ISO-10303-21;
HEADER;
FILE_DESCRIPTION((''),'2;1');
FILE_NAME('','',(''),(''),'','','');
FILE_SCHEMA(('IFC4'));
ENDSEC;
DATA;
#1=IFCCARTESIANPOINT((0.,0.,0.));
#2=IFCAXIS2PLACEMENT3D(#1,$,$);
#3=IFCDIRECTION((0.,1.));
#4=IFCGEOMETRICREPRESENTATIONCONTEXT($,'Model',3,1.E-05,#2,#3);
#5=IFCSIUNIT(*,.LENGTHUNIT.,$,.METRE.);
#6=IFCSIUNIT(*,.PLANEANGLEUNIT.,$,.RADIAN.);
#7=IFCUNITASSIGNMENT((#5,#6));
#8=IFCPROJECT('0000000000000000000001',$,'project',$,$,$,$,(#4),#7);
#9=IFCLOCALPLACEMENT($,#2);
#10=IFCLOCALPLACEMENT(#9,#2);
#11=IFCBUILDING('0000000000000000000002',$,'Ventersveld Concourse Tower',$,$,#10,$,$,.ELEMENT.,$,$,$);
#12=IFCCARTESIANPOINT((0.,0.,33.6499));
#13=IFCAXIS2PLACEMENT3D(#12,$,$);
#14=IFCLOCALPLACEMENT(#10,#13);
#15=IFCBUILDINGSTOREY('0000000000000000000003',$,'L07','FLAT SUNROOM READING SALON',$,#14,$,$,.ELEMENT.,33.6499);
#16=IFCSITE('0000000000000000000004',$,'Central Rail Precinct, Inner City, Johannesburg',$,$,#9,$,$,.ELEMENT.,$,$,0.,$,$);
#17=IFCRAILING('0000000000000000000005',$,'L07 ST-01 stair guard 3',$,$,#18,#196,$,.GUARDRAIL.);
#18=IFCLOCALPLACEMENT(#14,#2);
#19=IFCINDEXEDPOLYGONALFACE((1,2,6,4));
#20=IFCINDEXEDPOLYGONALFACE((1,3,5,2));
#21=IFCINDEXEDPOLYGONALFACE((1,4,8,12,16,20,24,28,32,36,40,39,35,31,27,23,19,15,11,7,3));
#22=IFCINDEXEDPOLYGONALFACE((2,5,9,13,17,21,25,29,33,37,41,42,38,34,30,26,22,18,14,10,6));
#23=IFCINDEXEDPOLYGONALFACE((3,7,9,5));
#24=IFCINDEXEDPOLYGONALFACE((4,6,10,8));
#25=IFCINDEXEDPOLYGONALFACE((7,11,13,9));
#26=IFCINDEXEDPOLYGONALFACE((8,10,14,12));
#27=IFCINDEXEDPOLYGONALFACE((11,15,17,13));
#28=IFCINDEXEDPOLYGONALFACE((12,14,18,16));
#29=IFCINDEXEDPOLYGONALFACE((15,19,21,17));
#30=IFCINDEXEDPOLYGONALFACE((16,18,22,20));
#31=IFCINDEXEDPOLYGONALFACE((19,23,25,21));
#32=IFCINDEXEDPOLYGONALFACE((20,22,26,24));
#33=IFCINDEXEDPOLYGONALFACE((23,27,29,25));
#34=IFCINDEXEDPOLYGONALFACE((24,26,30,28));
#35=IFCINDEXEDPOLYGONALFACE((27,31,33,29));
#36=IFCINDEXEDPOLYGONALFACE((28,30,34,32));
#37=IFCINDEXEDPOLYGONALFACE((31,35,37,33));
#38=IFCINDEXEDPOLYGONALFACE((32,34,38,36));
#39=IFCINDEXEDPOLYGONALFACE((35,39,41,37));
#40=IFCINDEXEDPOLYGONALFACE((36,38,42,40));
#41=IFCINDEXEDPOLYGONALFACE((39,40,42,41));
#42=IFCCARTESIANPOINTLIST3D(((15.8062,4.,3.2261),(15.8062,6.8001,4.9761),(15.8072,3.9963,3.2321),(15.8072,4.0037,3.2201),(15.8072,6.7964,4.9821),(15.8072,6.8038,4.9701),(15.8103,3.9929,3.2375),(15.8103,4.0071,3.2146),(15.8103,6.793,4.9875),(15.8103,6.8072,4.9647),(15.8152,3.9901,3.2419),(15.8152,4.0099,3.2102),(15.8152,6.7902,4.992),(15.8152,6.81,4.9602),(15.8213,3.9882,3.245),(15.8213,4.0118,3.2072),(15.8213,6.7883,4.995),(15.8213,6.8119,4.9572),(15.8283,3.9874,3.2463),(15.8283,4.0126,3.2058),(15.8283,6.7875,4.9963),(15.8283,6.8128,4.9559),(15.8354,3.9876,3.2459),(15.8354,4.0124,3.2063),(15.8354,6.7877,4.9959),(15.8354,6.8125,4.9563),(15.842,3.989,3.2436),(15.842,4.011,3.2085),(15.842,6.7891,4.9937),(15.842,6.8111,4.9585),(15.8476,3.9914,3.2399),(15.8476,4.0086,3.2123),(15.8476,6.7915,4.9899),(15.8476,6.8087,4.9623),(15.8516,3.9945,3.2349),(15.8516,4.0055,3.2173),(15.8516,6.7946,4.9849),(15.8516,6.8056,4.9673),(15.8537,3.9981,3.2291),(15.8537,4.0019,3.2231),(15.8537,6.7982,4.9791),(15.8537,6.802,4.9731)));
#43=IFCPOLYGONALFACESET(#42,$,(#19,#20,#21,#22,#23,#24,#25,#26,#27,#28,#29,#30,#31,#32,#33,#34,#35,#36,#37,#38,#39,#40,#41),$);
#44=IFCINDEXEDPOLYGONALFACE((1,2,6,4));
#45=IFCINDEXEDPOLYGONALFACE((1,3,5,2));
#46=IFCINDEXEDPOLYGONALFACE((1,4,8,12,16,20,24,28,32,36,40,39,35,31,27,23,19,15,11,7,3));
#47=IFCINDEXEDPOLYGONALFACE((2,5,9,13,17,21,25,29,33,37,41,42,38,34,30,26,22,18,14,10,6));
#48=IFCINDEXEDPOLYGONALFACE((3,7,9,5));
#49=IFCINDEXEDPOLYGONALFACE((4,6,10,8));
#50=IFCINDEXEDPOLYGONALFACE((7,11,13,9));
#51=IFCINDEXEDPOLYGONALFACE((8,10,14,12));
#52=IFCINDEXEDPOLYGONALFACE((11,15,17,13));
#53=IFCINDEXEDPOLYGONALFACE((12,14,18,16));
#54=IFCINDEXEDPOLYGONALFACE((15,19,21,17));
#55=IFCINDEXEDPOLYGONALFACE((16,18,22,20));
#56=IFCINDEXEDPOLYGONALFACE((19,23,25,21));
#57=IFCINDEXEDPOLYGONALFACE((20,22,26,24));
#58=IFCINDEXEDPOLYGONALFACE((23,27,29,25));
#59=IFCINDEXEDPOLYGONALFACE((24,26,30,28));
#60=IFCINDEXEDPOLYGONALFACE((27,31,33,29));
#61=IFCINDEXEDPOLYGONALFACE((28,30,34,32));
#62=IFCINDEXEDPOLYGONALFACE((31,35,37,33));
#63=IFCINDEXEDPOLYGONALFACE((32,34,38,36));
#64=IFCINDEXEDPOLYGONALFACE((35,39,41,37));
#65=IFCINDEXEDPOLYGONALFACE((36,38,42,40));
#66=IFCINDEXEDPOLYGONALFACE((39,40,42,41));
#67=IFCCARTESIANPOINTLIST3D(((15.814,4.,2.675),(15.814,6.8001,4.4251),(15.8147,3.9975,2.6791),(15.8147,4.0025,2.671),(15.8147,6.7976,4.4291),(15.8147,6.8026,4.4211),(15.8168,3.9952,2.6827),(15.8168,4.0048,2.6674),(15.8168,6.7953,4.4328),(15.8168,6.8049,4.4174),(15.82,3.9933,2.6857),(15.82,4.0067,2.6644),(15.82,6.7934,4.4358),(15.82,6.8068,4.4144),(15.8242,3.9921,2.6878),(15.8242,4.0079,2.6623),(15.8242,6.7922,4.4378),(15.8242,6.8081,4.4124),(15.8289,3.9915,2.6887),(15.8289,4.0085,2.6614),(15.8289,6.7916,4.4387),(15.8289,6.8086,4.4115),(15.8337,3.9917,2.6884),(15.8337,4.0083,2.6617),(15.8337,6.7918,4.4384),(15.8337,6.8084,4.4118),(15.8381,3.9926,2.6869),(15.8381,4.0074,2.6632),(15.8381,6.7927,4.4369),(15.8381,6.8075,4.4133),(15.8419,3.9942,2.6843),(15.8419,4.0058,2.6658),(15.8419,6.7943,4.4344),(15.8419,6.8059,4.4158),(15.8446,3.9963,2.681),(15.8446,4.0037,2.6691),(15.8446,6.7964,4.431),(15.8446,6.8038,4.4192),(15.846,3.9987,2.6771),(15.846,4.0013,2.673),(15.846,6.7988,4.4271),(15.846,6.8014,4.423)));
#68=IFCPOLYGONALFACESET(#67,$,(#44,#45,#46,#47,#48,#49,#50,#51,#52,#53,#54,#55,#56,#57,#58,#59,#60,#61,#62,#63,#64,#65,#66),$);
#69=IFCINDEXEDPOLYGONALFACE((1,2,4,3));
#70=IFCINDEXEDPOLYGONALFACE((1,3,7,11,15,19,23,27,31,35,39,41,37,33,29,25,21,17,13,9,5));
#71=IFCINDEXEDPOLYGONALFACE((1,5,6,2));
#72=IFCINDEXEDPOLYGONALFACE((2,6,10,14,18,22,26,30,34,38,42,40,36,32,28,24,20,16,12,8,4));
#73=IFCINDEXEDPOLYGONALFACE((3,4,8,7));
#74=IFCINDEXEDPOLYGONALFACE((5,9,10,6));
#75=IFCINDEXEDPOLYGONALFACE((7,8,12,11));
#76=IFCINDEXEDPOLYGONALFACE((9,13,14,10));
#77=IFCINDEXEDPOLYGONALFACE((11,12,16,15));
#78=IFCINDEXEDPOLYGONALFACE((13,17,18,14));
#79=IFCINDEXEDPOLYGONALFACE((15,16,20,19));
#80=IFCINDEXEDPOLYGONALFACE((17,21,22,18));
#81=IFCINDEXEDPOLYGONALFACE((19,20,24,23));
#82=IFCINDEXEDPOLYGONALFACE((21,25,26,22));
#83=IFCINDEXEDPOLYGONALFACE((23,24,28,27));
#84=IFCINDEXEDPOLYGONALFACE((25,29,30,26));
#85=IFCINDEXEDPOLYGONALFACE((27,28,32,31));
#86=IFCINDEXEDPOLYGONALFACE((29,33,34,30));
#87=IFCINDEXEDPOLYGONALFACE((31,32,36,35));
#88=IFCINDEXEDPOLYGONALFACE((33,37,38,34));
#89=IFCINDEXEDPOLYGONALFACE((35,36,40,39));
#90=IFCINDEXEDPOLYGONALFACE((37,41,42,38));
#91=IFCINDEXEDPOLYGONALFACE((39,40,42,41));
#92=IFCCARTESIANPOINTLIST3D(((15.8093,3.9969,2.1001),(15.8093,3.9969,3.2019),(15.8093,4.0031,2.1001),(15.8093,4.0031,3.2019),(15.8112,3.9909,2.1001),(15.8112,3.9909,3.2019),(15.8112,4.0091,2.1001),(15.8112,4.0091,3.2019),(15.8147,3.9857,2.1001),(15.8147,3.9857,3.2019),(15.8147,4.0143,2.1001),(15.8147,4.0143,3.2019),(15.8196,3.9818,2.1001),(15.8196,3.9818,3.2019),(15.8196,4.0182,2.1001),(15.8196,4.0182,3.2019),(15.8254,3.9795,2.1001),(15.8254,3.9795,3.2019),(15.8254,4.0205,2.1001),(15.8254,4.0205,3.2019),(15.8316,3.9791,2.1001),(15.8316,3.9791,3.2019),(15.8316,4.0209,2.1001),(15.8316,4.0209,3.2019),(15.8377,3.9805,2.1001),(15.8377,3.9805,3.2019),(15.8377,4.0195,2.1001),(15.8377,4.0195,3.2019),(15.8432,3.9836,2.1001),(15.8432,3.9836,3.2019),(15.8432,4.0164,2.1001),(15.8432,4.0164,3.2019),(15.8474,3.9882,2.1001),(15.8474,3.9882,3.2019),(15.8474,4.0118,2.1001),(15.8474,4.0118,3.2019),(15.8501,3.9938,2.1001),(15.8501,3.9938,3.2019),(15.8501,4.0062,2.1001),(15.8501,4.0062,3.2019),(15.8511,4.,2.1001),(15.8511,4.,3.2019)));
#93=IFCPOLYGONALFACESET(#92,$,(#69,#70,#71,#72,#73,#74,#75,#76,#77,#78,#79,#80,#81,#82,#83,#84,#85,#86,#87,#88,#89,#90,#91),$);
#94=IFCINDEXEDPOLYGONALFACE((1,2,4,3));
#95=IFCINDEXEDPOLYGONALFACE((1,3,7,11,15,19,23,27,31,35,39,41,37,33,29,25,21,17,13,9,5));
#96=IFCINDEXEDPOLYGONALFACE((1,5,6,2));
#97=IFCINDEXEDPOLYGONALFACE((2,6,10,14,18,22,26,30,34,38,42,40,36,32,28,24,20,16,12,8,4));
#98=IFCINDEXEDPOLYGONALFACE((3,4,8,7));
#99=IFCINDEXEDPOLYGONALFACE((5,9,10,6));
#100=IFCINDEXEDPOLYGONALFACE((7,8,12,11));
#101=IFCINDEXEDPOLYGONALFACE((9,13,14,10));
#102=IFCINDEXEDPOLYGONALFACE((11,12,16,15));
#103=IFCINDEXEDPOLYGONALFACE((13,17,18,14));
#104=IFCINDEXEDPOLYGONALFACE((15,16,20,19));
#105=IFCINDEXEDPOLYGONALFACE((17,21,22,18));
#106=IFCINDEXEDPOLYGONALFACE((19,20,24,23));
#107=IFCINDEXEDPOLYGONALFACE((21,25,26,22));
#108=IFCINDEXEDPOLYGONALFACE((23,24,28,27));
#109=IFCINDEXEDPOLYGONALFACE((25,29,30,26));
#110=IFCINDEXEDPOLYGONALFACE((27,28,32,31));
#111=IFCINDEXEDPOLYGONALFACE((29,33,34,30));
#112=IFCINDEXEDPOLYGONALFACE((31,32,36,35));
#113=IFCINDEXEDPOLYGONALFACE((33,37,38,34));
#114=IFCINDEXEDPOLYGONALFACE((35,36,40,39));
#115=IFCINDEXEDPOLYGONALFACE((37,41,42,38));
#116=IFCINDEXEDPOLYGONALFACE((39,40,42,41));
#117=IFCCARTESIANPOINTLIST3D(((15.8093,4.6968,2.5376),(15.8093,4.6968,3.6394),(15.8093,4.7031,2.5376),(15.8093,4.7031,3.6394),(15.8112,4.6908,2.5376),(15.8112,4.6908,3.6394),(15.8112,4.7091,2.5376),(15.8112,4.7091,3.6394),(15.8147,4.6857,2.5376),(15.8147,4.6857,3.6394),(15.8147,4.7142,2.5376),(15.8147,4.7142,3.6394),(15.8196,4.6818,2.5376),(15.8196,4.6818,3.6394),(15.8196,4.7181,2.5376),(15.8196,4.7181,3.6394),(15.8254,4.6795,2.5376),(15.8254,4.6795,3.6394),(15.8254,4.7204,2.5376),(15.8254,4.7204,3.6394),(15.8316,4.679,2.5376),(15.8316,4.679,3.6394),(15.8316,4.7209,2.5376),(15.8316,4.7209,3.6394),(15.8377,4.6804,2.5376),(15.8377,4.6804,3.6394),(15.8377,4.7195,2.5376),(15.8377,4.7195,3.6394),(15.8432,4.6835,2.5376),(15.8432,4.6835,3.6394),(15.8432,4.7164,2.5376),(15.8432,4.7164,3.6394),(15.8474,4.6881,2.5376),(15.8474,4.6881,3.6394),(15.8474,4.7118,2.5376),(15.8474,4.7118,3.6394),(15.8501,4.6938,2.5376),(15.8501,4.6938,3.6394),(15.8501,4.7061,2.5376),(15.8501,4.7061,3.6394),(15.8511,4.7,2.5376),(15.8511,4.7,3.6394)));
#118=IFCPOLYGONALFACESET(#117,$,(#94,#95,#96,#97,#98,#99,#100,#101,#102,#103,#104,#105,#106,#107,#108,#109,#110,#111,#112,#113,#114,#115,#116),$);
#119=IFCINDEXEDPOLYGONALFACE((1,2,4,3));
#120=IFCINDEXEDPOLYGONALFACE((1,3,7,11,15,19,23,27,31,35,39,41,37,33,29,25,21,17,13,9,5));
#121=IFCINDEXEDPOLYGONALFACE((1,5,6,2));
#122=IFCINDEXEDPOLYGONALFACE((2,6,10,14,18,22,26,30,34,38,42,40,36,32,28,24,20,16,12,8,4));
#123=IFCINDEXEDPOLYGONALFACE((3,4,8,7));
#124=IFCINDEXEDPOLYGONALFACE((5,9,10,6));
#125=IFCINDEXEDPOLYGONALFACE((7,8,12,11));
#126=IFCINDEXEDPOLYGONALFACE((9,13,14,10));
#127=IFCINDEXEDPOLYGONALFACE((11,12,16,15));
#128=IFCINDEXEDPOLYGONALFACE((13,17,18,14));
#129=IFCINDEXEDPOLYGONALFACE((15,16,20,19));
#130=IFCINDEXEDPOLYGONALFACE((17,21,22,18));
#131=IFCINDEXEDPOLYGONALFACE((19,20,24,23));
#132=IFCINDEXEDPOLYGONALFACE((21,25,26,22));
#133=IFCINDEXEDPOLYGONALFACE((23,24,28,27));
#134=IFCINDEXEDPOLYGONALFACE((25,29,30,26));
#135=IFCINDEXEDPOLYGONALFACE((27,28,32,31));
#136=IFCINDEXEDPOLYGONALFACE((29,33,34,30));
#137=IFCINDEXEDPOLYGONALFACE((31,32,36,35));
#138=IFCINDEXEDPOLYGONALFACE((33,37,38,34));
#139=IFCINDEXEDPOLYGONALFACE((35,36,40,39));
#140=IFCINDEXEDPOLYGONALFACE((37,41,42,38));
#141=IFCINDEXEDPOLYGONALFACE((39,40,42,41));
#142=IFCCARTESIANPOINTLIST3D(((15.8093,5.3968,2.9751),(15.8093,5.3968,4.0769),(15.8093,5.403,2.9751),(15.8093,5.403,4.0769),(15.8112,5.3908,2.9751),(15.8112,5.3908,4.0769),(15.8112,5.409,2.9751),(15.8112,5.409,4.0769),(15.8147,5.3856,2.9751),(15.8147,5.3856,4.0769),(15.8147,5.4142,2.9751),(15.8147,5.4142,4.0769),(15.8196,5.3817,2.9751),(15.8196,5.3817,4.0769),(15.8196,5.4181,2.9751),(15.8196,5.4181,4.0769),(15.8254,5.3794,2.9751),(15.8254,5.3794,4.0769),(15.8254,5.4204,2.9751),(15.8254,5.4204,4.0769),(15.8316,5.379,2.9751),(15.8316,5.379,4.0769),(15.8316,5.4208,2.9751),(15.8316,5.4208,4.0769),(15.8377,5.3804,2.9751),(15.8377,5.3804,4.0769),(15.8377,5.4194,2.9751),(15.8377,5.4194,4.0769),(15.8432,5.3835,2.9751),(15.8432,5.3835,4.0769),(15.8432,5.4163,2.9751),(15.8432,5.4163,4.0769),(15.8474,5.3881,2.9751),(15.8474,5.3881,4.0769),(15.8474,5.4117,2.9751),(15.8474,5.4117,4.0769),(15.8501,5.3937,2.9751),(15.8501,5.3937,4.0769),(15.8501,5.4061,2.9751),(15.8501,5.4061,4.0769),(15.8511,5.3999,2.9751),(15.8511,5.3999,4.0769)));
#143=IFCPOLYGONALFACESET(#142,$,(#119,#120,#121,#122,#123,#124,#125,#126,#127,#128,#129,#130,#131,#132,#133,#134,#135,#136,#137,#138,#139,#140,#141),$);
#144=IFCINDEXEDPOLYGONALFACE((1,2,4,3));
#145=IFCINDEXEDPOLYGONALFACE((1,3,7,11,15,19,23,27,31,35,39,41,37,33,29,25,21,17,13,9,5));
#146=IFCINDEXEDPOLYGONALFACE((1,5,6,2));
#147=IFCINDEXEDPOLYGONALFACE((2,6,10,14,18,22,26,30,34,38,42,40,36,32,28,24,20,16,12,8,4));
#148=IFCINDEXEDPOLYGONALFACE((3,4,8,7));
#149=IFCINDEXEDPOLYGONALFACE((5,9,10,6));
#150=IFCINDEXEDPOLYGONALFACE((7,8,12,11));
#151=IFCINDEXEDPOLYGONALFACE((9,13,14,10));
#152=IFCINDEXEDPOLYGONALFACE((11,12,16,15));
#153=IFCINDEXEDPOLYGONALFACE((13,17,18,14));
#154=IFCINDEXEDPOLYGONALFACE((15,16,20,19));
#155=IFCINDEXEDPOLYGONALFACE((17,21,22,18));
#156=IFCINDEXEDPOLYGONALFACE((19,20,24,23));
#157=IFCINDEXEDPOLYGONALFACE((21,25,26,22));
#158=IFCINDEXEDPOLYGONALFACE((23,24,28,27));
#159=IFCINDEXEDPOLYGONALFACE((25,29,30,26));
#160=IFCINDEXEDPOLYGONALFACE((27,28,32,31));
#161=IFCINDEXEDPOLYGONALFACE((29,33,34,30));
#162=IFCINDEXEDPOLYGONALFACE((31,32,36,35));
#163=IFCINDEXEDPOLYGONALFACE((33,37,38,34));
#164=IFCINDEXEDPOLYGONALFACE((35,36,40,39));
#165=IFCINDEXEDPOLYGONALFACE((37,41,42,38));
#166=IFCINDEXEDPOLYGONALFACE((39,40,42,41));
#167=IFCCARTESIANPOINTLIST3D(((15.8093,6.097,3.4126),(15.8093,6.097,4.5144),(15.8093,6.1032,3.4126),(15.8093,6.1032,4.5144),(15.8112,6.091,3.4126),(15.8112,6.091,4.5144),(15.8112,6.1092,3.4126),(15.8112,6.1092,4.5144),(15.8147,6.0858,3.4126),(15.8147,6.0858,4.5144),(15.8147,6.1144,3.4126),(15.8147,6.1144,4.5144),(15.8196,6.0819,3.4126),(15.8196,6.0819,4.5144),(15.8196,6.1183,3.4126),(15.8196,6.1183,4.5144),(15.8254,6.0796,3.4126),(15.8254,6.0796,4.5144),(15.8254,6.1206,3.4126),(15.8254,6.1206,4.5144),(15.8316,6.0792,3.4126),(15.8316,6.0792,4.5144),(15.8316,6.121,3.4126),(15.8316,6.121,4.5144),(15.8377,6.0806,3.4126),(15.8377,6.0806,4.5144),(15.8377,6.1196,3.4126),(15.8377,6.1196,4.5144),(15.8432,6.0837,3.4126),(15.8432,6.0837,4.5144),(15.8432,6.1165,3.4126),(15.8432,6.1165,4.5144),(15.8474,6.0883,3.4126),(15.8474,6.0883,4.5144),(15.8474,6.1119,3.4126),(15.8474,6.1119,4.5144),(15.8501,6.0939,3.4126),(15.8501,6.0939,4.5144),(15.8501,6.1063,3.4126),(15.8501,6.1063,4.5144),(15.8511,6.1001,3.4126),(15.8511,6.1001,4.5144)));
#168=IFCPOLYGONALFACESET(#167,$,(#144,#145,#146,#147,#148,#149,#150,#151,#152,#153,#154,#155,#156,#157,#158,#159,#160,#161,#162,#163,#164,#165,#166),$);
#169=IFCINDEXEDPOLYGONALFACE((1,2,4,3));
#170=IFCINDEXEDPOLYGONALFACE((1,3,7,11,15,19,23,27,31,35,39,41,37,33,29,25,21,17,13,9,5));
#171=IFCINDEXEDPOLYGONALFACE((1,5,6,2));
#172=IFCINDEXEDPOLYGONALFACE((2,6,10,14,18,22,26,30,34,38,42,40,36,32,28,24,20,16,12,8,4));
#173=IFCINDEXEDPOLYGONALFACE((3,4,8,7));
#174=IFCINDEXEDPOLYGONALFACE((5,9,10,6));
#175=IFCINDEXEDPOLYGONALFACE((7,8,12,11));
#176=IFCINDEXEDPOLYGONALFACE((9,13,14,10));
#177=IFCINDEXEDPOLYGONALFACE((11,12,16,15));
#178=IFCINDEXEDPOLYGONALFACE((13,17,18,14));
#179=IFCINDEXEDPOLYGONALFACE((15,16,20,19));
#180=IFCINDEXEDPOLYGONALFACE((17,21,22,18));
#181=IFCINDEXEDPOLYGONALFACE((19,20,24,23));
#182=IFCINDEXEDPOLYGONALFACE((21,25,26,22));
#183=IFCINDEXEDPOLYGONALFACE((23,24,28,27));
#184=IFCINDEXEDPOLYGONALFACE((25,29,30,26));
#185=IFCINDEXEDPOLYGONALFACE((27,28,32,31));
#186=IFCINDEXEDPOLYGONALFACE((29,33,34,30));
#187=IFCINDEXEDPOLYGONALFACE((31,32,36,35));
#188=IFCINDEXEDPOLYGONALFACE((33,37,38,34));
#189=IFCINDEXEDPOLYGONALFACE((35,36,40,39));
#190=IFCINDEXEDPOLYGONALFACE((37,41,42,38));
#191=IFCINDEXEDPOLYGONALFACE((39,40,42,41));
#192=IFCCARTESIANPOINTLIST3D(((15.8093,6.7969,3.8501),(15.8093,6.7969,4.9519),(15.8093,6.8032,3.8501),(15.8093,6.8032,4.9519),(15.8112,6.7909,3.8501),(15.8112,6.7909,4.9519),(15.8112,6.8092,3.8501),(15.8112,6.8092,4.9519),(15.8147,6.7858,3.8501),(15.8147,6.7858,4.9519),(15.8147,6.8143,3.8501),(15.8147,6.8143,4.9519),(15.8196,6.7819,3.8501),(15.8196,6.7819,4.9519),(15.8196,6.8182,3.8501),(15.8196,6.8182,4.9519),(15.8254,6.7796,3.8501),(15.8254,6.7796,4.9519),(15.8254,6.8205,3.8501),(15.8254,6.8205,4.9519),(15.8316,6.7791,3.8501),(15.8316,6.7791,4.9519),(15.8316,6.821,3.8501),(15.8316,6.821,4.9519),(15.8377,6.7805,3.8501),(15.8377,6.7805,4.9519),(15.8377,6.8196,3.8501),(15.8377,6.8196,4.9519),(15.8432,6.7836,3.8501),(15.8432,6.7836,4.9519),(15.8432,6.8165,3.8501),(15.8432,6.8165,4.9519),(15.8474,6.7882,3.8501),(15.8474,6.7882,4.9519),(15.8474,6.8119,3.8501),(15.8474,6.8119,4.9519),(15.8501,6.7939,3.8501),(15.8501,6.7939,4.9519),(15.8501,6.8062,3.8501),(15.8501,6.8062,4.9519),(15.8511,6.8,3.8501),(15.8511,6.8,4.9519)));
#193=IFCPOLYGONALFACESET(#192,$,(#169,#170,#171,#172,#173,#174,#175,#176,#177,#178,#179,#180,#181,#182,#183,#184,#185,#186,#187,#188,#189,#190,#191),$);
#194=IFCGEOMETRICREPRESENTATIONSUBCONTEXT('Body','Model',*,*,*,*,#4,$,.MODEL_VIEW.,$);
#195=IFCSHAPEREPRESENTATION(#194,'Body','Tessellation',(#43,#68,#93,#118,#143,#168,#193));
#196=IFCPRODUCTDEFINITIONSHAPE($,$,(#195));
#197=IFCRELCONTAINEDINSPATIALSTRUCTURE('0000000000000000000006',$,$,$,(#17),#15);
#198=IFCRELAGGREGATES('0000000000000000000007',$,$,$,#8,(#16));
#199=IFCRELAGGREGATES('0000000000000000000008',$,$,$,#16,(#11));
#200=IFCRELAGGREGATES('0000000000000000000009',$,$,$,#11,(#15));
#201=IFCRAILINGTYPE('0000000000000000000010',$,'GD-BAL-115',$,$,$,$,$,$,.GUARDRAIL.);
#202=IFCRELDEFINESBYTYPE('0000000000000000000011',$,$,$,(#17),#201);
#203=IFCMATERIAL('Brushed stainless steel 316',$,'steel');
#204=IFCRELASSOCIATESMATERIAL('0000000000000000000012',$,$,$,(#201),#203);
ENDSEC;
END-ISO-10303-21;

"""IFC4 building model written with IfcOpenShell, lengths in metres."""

from ifc_helpers import new_model, si_unit, direction, frame, origin, origin_2d, place, context, subcontext, project, spatial, circle, extrude, material, type_object, element, save


model = new_model("IFC4")

# Units and contexts
model_context = context("Model", 3, precision=1e-05, world=origin(), true_north=direction((0.0, 1.0)))
body_context = subcontext(model_context, "Body", "Model", "MODEL_VIEW")
ifc_project = project(units=[si_unit("LENGTHUNIT", "METRE"), si_unit("PLANEANGLEUNIT", "RADIAN")], contexts=[model_context])

# Site, building, storey
site_placement = place(None, origin())
site = spatial("IfcSite", under=ifc_project, at=site_placement, Name="Central Rail Precinct, Inner City, Johannesburg", CompositionType="ELEMENT", RefElevation=0.0)
building_placement = place(site_placement, origin())
building = spatial("IfcBuilding", under=site, at=building_placement, Name="Ventersveld Concourse Tower", CompositionType="ELEMENT")
storey_placement = place(building_placement, frame((0.0, 0.0, 33.6499)))
storey = spatial("IfcBuildingStorey", under=building, at=storey_placement, Name="L07", Description="FLAT SUNROOM READING SALON", CompositionType="ELEMENT", Elevation=33.6499)

# Railing
ifc_material_1 = material(Name="Brushed stainless steel 316", Category="steel")
railing_type_1 = type_object("IfcRailingType", Name="GD-BAL-115", PredefinedType="GUARDRAIL", material=ifc_material_1)
railing_1_placement = place(storey_placement, frame((15.8301, 4.0, 2.1001)))
element("IfcRailing", 1, at=railing_1_placement, inside=storey, type_object=railing_type_1, Name="L07 ST-01 stair guard 3", PredefinedType="GUARDRAIL", context=body_context, shape_type="SweptSolid", body=[
    extrude(circle(Radius=0.0239, at=origin_2d()), frame((0.0, 0.0, 1.126), z_axis=(0.0, 0.848002, 0.529992), x_axis=(-1.0, 0.0, 0.0)), (0.0, 0.0, 1.0), 3.302),
    extrude(circle(Radius=0.0161, at=origin_2d()), frame((0.0, 0.0, 0.575), z_axis=(0.0, 0.848002, 0.529992), x_axis=(-1.0, 0.0, 0.0)), (0.0, 0.0, 1.0), 3.302),
    extrude(circle(Radius=0.021, at=origin_2d()), origin(), (0.0, 0.0, 1.0), 1.1018),
    extrude(circle(Radius=0.021, at=origin_2d()), frame((0.0, 0.7, 0.4375)), (0.0, 0.0, 1.0), 1.1018),
    extrude(circle(Radius=0.021, at=origin_2d()), frame((0.0, 1.3999, 0.875)), (0.0, 0.0, 1.0), 1.1018),
    extrude(circle(Radius=0.021, at=origin_2d()), frame((0.0, 2.1001, 1.3125)), (0.0, 0.0, 1.0), 1.1018),
    extrude(circle(Radius=0.021, at=origin_2d()), frame((0.0, 2.8, 1.75)), (0.0, 0.0, 1.0), 1.1018),
])

save(model, "model.ifc")
